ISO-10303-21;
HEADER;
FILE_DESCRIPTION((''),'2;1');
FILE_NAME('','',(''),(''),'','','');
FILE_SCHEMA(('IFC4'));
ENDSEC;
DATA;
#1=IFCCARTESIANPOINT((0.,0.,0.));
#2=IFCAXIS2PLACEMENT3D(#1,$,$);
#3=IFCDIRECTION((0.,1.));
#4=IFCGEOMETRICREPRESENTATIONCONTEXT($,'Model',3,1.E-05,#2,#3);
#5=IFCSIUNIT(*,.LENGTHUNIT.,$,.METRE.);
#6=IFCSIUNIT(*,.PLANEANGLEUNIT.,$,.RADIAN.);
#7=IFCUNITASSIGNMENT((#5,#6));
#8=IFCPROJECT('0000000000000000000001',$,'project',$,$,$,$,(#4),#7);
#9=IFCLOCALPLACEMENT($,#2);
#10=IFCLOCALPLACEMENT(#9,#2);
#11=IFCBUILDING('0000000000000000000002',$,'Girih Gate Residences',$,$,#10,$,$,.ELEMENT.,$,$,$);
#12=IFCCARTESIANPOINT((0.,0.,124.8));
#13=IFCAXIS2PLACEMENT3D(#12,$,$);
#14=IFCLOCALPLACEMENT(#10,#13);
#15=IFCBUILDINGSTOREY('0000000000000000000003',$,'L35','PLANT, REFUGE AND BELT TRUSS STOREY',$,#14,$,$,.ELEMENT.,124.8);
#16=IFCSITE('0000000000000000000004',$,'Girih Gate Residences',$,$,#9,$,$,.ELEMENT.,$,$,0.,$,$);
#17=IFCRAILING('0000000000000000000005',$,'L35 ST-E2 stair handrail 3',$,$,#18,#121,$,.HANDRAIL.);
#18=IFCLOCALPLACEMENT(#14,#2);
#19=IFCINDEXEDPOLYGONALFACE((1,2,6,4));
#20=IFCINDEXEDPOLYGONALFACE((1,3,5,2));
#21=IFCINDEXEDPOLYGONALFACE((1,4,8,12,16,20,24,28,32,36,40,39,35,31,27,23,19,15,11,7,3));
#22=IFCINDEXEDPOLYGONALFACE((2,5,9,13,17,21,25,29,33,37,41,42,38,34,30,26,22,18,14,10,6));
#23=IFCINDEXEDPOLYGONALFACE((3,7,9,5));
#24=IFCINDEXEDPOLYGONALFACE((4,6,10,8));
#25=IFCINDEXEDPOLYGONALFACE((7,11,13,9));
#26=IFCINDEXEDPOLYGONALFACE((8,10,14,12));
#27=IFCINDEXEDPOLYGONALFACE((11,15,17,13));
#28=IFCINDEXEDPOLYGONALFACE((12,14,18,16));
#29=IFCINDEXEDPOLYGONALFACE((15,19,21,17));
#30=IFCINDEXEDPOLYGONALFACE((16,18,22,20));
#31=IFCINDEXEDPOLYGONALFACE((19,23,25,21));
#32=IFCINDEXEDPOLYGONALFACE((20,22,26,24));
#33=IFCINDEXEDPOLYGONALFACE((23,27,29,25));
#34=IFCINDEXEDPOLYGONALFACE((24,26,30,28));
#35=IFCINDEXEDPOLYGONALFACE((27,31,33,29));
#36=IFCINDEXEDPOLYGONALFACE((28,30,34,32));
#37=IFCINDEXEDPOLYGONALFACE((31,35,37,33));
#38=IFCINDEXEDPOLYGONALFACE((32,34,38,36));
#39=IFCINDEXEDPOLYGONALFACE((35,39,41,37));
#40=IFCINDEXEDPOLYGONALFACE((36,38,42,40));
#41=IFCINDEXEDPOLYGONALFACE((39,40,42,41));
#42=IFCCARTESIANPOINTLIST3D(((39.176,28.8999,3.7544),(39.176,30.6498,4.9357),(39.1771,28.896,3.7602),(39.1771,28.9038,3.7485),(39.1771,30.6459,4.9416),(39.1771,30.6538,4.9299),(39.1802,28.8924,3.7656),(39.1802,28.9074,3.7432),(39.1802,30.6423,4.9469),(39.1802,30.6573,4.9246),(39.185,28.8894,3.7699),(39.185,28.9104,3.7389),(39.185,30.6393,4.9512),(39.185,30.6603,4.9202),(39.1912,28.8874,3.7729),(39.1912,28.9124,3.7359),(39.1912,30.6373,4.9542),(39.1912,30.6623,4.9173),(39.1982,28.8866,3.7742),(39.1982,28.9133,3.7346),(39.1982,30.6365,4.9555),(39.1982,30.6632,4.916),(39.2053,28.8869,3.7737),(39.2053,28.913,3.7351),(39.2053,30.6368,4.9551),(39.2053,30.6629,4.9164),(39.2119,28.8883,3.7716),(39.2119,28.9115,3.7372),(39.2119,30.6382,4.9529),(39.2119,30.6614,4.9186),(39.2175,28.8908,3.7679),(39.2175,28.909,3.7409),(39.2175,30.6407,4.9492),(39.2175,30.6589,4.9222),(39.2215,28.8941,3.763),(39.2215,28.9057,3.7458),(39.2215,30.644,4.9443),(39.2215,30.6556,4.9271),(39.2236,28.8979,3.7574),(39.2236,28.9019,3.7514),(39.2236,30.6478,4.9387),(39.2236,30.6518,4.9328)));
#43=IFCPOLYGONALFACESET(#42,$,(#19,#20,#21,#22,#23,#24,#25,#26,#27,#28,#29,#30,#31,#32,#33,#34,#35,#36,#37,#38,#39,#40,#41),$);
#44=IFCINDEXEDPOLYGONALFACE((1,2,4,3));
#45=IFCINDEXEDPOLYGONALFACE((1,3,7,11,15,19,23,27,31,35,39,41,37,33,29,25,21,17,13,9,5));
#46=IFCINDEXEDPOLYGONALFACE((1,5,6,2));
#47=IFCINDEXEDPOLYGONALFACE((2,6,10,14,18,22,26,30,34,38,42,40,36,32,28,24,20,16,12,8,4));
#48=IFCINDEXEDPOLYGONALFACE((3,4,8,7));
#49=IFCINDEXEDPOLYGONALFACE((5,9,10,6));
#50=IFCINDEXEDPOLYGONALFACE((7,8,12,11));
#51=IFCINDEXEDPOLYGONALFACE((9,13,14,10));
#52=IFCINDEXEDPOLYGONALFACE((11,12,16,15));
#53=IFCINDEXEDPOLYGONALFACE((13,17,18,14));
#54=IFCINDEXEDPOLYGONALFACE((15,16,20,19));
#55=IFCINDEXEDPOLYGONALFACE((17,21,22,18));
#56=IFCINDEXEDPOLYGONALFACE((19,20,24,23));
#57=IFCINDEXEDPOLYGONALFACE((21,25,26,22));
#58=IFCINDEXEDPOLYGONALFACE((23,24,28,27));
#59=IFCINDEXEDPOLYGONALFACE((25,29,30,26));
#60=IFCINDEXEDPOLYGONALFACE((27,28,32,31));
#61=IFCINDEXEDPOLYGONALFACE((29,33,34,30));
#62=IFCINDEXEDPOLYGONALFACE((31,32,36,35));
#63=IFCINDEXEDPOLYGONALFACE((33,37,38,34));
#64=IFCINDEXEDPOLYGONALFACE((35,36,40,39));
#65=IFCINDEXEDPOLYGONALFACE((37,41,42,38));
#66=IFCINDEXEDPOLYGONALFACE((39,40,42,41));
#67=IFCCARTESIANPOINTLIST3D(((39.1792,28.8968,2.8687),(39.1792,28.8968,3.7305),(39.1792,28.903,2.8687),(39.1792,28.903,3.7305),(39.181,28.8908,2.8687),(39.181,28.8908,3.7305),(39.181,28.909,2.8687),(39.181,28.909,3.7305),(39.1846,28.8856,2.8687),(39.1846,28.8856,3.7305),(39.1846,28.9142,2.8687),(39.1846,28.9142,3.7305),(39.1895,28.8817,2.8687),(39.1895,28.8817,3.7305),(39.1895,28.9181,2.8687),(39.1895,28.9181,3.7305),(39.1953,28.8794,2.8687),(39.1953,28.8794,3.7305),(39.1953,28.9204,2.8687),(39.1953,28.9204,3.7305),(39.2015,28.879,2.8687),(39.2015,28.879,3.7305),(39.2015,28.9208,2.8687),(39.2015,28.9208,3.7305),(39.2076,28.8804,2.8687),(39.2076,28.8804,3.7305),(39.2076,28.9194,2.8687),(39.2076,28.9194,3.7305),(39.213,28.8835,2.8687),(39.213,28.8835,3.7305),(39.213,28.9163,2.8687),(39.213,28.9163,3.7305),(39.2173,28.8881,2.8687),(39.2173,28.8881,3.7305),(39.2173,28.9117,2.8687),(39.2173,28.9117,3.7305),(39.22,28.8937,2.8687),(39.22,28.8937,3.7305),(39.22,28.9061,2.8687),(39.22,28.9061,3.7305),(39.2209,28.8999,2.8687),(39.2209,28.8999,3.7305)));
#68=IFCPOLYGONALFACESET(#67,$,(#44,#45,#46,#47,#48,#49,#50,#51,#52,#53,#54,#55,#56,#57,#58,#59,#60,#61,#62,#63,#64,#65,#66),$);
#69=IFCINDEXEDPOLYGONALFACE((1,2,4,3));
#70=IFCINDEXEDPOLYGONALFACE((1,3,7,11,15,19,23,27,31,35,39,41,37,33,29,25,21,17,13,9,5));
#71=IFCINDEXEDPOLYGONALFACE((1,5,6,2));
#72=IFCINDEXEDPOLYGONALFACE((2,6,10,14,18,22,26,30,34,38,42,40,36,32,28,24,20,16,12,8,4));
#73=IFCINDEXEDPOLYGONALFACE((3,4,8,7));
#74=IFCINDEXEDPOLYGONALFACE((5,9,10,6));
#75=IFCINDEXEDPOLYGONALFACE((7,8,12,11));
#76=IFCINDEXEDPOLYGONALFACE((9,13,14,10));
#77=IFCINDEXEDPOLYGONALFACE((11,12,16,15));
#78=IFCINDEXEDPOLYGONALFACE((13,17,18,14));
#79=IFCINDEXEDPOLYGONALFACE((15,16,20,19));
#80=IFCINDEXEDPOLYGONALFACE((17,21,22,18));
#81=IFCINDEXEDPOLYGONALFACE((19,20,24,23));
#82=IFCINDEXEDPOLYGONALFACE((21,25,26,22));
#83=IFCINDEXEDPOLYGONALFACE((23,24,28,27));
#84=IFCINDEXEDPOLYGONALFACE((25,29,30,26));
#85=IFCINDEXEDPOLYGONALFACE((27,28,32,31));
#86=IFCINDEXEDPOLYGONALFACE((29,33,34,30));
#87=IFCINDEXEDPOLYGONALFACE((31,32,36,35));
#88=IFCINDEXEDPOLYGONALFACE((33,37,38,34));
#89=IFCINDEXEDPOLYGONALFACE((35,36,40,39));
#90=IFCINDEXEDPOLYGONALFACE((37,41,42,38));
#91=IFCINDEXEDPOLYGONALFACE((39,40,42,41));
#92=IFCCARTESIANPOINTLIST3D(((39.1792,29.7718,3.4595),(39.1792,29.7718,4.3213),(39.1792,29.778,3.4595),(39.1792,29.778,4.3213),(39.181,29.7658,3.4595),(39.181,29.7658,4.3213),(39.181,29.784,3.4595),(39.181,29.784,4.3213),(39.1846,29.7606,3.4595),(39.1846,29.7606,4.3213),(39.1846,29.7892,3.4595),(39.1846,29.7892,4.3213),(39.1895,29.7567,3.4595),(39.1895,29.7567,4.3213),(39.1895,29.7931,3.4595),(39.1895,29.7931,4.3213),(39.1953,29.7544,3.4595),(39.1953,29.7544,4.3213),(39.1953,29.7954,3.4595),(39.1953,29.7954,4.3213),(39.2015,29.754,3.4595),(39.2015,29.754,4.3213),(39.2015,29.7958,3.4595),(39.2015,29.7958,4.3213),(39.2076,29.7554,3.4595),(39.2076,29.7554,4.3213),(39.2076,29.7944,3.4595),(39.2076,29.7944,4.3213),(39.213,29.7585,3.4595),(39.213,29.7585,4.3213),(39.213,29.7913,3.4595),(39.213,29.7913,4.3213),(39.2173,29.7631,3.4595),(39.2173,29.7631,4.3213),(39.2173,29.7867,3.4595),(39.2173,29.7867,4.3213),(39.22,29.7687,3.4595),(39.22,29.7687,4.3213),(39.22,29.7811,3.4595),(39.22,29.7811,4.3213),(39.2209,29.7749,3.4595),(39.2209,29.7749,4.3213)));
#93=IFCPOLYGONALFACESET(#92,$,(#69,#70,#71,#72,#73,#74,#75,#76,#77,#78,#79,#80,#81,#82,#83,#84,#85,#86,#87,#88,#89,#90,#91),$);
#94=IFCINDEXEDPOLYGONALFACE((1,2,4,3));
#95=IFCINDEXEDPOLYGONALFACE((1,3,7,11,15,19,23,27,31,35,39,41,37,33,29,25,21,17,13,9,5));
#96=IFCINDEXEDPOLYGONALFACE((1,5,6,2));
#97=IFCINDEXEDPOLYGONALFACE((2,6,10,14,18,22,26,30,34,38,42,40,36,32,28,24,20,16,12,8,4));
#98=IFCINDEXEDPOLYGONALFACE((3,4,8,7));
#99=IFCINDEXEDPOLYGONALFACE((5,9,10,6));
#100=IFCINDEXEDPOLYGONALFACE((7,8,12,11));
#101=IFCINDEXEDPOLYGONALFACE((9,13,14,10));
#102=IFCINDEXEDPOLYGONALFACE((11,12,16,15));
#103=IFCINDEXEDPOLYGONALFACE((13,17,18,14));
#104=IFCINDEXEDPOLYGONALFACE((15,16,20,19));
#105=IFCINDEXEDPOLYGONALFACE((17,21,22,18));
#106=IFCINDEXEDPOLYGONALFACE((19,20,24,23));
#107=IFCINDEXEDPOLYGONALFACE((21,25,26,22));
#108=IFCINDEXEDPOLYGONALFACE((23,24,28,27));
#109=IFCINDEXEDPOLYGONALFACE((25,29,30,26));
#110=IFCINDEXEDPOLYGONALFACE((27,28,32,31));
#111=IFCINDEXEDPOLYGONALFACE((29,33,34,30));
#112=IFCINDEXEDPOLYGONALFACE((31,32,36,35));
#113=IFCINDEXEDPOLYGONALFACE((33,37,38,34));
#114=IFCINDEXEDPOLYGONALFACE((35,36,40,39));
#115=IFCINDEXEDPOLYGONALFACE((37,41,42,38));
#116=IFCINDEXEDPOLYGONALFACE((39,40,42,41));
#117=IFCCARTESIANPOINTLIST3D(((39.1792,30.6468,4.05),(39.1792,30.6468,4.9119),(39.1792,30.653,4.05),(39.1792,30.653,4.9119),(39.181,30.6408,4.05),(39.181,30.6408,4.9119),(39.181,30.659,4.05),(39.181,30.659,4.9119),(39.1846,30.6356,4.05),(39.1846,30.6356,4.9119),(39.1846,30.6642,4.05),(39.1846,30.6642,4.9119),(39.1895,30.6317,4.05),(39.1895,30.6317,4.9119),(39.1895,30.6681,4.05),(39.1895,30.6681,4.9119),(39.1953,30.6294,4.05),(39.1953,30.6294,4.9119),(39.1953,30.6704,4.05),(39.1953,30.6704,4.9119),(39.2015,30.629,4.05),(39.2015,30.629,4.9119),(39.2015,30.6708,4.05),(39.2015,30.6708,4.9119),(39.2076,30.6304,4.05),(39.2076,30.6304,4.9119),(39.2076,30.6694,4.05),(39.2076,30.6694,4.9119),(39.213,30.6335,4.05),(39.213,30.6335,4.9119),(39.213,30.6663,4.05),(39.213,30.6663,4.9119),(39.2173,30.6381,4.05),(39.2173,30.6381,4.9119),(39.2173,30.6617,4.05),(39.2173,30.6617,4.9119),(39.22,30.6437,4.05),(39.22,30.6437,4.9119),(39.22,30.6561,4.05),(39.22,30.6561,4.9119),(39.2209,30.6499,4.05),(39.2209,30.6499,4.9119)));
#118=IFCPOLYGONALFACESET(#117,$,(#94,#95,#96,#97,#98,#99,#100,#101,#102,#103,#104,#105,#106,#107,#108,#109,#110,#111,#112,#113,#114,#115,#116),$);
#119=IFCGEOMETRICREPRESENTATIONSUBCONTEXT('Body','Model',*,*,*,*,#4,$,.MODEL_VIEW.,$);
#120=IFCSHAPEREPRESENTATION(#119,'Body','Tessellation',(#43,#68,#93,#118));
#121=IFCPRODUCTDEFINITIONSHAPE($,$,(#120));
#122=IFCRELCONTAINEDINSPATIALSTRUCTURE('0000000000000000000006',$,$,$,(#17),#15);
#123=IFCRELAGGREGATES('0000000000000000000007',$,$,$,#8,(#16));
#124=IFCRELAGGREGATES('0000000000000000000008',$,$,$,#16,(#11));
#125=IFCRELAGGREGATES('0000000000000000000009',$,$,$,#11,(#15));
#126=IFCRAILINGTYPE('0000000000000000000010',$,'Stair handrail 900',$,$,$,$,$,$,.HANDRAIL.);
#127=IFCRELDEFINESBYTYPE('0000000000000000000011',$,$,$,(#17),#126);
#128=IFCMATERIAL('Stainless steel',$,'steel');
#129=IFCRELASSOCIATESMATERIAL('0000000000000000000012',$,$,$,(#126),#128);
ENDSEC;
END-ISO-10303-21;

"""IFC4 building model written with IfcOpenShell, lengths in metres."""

from ifc_helpers import new_model, si_unit, direction, frame, origin, origin_2d, place, context, subcontext, project, spatial, circle, extrude, material, type_object, element, save


model = new_model("IFC4")

# Units and contexts
model_context = context("Model", 3, precision=1e-05, world=origin(), true_north=direction((0.0, 1.0)))
body_context = subcontext(model_context, "Body", "Model", "MODEL_VIEW")
ifc_project = project(units=[si_unit("LENGTHUNIT", "METRE"), si_unit("PLANEANGLEUNIT", "RADIAN")], contexts=[model_context])

# Site, building, storey
site_placement = place(None, origin())
site = spatial("IfcSite", under=ifc_project, at=site_placement, Name="Girih Gate Residences", CompositionType="ELEMENT", RefElevation=0.0)
building_placement = place(site_placement, origin())
building = spatial("IfcBuilding", under=site, at=building_placement, Name="Girih Gate Residences", CompositionType="ELEMENT")
storey_placement = place(building_placement, frame((0.0, 0.0, 124.8)))
storey = spatial("IfcBuildingStorey", under=building, at=storey_placement, Name="L35", Description="PLANT, REFUGE AND BELT TRUSS STOREY", CompositionType="ELEMENT", Elevation=124.8)

# Shared definitions
ifc_material_1 = material(Name="Stainless steel", Category="steel")

# Railing
railing_type_1 = type_object("IfcRailingType", Name="Stair handrail 900", PredefinedType="HANDRAIL", material=ifc_material_1)
railing_1_placement = place(storey_placement, frame((39.2, 28.8999, 2.8687)))
element("IfcRailing", 1, at=railing_1_placement, inside=storey, type_object=railing_type_1, Name="L35 ST-E2 stair handrail 3", PredefinedType="HANDRAIL", context=body_context, shape_type="SweptSolid", body=[
    extrude(circle(Radius=0.0239, at=origin_2d()), frame((0.0, 0.0, 0.8857), z_axis=(0.0, 0.828817, 0.559521), x_axis=(-1.0, 0.0, 0.0)), (0.0, 0.0, 1.0), 2.1113),
    extrude(circle(Radius=0.021, at=origin_2d()), origin(), (0.0, 0.0, 1.0), 0.8618),
    extrude(circle(Radius=0.021, at=origin_2d()), frame((0.0, 0.875, 0.5908)), (0.0, 0.0, 1.0), 0.8618),
    extrude(circle(Radius=0.021, at=origin_2d()), frame((0.0, 1.75, 1.1814)), (0.0, 0.0, 1.0), 0.8618),
])

save(model, "model.ifc")
